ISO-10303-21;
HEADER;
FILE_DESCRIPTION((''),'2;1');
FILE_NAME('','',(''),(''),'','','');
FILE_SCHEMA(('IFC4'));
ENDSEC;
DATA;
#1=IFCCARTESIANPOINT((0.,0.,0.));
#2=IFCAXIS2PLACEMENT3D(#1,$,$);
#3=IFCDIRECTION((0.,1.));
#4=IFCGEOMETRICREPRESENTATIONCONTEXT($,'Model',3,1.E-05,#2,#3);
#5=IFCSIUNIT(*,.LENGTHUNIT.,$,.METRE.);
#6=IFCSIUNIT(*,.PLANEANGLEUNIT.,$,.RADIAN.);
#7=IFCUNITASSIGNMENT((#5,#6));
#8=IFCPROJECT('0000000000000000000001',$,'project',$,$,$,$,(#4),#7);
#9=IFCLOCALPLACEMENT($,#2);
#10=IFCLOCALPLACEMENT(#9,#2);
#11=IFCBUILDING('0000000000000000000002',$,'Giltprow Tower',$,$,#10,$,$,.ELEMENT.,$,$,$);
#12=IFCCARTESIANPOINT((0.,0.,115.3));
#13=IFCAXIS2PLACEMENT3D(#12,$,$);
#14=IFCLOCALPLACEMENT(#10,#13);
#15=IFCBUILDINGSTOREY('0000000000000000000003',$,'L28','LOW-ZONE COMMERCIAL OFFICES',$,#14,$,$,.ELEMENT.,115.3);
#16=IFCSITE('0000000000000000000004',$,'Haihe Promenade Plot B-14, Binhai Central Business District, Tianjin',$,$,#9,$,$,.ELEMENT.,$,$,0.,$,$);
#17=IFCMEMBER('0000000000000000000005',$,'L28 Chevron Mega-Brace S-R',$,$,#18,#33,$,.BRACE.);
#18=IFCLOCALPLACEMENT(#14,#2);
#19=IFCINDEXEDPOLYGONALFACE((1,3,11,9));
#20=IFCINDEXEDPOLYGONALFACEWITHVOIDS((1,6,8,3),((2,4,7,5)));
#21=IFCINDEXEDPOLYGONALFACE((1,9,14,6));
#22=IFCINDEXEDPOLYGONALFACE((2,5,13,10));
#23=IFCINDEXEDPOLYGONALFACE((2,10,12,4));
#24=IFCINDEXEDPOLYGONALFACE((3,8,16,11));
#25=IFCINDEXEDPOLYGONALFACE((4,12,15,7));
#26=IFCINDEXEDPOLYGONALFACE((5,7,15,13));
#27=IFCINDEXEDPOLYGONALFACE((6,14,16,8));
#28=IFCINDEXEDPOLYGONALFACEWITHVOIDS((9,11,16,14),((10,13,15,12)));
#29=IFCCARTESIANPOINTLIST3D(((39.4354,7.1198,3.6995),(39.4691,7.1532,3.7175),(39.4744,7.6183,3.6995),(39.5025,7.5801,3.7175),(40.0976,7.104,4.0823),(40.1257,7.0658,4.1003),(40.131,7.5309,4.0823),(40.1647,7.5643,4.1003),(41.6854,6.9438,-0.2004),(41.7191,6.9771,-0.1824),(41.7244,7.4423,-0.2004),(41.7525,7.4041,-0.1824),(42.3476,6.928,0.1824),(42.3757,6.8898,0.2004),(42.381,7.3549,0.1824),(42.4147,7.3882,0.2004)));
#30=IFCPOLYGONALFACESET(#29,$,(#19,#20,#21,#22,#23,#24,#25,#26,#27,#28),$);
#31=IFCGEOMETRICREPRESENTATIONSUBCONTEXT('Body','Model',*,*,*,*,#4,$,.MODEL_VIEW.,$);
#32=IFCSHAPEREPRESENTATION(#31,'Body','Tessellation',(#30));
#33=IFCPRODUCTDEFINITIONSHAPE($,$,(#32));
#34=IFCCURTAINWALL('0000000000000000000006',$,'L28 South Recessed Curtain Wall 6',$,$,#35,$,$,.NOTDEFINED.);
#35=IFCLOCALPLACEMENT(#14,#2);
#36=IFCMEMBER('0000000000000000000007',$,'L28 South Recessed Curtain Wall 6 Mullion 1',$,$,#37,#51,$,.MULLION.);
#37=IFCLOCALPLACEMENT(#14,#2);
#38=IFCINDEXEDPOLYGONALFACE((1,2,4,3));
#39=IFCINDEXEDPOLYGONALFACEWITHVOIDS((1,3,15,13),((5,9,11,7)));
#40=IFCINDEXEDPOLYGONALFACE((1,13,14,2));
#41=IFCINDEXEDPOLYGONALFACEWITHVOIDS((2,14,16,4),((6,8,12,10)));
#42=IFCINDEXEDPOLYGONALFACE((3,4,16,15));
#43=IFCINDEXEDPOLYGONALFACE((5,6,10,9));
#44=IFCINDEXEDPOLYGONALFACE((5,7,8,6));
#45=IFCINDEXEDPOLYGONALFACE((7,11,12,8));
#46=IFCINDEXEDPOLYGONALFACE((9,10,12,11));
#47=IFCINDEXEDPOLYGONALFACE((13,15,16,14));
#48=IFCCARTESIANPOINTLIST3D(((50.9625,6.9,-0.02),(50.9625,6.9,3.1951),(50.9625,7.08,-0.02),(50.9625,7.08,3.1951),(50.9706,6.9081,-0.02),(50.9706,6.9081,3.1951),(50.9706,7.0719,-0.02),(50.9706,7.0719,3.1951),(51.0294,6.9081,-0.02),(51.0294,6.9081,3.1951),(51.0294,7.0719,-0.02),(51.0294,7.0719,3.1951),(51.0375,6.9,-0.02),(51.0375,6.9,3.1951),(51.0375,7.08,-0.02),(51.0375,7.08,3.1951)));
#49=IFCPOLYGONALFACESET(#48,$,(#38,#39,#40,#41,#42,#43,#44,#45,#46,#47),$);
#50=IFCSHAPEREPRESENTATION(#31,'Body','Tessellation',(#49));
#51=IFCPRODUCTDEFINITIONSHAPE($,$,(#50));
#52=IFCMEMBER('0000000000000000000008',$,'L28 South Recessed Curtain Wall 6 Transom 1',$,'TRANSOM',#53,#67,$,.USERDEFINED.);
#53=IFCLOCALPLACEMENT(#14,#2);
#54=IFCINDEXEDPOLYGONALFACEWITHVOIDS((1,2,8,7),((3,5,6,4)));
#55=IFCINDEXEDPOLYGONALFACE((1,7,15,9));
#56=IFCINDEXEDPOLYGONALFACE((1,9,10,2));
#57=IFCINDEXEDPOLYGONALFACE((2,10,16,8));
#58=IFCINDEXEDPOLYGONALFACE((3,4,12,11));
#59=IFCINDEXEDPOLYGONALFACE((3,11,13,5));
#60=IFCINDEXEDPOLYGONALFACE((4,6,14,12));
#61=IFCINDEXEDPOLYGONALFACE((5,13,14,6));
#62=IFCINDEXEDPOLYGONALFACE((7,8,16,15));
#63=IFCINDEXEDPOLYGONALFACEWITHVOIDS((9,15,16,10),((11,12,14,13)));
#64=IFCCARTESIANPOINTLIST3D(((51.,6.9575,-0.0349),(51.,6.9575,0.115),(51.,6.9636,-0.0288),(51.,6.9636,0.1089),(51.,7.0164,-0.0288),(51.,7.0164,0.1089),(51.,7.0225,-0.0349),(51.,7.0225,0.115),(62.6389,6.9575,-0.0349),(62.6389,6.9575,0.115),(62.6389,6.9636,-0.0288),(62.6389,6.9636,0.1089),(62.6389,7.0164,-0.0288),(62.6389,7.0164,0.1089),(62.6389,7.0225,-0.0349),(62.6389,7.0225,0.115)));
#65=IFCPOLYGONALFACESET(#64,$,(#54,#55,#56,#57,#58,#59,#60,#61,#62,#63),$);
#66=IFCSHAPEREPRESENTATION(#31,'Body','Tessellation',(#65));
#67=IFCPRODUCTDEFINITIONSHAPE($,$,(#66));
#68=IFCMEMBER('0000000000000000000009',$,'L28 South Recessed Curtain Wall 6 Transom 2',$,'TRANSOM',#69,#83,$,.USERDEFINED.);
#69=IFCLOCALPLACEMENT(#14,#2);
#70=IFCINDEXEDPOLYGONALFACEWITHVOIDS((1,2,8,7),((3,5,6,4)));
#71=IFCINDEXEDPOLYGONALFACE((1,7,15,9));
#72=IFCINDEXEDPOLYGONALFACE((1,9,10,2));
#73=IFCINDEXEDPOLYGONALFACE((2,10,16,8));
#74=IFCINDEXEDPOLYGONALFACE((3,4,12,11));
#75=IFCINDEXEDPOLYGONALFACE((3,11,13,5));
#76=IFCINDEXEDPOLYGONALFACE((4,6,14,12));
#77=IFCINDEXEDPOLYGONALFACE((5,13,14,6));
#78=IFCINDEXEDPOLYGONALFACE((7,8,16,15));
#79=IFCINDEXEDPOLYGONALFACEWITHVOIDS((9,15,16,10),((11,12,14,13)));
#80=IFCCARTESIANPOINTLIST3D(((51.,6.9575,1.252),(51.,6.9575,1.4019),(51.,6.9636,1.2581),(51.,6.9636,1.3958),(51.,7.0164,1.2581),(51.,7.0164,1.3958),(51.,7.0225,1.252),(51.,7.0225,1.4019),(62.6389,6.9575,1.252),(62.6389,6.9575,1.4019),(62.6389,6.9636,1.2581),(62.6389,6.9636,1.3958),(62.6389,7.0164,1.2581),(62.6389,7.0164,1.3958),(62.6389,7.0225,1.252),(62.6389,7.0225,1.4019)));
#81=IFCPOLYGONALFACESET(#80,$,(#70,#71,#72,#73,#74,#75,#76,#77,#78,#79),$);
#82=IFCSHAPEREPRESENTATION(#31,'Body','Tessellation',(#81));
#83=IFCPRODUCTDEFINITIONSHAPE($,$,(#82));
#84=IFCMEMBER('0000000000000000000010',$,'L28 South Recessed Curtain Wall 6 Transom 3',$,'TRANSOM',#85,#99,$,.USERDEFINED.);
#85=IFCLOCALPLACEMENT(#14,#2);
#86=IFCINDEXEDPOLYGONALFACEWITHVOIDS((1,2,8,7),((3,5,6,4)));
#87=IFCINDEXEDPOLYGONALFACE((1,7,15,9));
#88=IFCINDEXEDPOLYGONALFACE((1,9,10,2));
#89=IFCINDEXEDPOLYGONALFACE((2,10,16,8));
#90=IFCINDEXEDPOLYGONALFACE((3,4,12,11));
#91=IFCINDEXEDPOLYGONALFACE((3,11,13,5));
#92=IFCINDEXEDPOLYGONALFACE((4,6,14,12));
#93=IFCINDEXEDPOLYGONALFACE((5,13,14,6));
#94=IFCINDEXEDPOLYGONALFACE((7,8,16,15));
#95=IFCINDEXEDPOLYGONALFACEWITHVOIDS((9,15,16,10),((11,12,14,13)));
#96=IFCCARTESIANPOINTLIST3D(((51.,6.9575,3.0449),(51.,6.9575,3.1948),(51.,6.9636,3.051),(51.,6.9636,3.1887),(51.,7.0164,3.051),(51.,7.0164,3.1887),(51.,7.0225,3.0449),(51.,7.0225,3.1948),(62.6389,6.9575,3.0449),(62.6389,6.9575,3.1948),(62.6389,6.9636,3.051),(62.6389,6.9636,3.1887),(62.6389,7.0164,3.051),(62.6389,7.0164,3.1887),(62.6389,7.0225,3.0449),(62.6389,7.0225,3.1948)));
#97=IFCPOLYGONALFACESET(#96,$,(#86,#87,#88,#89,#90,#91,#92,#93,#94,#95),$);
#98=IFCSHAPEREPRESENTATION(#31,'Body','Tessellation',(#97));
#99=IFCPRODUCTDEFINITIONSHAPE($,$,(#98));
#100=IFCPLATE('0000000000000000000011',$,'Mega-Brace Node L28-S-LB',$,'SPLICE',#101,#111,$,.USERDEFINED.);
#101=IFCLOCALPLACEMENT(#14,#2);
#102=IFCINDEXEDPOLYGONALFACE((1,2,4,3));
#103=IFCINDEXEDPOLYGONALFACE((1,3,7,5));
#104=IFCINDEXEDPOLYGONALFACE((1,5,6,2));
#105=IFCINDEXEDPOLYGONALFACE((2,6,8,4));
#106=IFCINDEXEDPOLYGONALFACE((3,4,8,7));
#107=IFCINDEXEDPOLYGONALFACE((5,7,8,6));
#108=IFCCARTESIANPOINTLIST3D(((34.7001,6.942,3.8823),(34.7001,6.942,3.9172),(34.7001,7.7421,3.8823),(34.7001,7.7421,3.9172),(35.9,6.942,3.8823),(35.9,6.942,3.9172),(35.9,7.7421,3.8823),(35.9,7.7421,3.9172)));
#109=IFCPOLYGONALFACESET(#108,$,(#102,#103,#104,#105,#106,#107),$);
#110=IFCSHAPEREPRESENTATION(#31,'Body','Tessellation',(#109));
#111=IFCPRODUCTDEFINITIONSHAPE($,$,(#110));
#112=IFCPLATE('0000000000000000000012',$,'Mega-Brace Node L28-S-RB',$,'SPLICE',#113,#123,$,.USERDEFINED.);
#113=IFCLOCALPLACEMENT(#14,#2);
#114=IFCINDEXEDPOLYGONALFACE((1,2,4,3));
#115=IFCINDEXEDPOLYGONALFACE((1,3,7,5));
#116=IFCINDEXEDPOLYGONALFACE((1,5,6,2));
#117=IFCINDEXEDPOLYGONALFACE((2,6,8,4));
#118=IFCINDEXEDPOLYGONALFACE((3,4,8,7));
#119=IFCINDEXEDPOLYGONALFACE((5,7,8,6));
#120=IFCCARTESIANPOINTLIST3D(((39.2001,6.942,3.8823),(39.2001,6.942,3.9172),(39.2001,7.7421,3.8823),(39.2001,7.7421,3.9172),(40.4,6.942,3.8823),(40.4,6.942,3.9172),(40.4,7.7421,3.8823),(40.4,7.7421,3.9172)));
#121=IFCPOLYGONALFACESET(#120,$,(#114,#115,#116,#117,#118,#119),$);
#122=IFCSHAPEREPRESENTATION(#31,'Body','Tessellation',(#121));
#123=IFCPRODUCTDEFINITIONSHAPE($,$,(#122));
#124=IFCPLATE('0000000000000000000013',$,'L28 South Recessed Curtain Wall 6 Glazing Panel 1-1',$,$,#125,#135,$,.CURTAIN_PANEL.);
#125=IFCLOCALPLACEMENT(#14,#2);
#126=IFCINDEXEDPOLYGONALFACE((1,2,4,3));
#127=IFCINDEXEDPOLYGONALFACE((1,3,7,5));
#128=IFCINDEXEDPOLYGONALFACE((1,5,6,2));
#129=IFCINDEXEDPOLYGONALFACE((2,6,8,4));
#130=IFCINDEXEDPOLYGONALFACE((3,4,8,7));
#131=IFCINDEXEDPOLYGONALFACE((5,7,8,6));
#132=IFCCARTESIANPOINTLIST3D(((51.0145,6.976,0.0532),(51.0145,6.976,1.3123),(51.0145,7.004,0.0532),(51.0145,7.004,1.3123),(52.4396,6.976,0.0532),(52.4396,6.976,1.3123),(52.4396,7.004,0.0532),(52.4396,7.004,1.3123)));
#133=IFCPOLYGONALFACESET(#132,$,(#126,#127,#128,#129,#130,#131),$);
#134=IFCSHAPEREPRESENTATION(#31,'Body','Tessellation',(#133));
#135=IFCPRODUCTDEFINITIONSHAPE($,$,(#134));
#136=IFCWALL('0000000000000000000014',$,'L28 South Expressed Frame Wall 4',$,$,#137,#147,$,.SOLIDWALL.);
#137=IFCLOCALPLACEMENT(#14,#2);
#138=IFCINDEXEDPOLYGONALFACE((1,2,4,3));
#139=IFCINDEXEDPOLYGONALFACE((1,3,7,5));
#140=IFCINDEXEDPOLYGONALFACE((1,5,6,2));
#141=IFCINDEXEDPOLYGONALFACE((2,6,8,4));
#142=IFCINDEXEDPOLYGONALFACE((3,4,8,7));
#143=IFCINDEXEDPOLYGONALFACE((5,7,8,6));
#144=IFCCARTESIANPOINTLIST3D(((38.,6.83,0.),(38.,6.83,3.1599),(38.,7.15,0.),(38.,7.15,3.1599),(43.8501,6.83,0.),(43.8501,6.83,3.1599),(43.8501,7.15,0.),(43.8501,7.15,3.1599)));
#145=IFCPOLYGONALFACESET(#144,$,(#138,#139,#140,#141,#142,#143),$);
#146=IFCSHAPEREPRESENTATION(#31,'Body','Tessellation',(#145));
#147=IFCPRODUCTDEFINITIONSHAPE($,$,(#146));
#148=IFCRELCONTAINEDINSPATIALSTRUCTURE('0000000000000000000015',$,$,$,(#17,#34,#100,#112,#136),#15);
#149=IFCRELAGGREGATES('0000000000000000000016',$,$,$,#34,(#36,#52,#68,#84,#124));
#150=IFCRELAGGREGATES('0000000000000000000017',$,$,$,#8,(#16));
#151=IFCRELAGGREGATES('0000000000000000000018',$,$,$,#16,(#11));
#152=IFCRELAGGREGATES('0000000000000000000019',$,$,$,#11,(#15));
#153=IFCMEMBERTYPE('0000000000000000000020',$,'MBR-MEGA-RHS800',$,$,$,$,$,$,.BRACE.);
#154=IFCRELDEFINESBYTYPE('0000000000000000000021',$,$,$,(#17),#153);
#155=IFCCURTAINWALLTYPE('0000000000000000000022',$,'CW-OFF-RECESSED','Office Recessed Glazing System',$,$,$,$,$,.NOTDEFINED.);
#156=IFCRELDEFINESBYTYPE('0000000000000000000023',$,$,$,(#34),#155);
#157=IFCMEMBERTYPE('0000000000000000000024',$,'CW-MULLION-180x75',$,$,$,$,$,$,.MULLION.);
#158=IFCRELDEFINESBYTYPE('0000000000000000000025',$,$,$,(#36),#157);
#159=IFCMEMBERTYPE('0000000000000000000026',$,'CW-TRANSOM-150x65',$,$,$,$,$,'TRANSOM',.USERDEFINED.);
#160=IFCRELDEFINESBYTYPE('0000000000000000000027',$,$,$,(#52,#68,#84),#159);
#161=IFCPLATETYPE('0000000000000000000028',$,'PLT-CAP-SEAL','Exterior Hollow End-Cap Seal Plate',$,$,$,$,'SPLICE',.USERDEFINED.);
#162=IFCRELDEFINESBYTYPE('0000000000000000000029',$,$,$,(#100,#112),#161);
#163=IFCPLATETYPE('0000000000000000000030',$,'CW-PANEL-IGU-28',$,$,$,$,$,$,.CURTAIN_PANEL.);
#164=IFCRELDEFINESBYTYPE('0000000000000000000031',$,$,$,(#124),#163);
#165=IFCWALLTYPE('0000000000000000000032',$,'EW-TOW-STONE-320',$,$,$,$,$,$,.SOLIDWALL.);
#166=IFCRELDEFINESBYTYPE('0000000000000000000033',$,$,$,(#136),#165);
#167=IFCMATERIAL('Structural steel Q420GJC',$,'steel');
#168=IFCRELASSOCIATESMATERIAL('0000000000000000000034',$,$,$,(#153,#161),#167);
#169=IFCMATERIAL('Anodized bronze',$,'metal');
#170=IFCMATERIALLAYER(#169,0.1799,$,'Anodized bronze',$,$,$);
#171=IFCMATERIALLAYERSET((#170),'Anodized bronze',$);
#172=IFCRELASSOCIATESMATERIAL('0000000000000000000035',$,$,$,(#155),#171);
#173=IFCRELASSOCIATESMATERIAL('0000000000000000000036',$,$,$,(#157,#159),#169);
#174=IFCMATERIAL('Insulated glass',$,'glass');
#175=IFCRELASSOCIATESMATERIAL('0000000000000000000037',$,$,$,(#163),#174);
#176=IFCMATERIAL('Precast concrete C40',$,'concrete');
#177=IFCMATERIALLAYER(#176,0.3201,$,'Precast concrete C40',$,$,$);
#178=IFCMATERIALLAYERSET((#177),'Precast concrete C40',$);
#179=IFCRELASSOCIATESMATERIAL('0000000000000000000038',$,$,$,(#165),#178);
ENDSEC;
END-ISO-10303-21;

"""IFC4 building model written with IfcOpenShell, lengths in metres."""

from ifc_helpers import new_model, si_unit, direction, frame, frame_2d, origin, origin_2d, place, context, subcontext, project, spatial, rectangle, hollow_rectangle, extrude, source, transform, mapped, material, layer, layer_set, material_profile, profile_set, type_object, element, aggregate, save


model = new_model("IFC4")

# Units and contexts
model_context = context("Model", 3, precision=1e-05, world=origin(), true_north=direction((0.0, 1.0)))
body_context = subcontext(model_context, "Body", "Model", "MODEL_VIEW")
ifc_project = project(units=[si_unit("LENGTHUNIT", "METRE"), si_unit("PLANEANGLEUNIT", "RADIAN")], contexts=[model_context])

# Site, building, storey
site_placement = place(None, origin())
site = spatial("IfcSite", under=ifc_project, at=site_placement, Name="Haihe Promenade Plot B-14, Binhai Central Business District, Tianjin", CompositionType="ELEMENT", RefElevation=0.0)
building_placement = place(site_placement, origin())
building = spatial("IfcBuilding", under=site, at=building_placement, Name="Giltprow Tower", CompositionType="ELEMENT")
storey_placement = place(building_placement, frame((0.0, 0.0, 115.3)))
storey = spatial("IfcBuildingStorey", under=building, at=storey_placement, Name="L28", Description="LOW-ZONE COMMERCIAL OFFICES", CompositionType="ELEMENT", Elevation=115.3)

# Shared definitions
ifc_material_1 = material(Name="Structural steel Q420GJC", Category="steel")

# Member
ifc_material_profile_1 = material_profile(ifc_material_1, hollow_rectangle(XDim=0.5, YDim=0.8, WallThickness=0.0359, at=origin_2d()), Name="RHS 800x500x36")
ifc_profile_set_1 = profile_set([ifc_material_profile_1], Name="Structural steel Q420GJC")
member_type_1 = type_object("IfcMemberType", Name="MBR-MEGA-RHS800", PredefinedType="BRACE", material=ifc_profile_set_1)
shared_shape_1 = source(origin(), body_context, "Body", "SweptSolid", [
    extrude(hollow_rectangle(XDim=0.5, YDim=0.8, WallThickness=0.0359, at=origin_2d()), origin(), (0.0, 0.0, 1.0), 4.5059),
])
for number, where, z_axis, x_axis, name in (
    (1, (42.05, 7.166, 0.0), (-0.49935, 0.039066, 0.865519), (-0.077995, -0.996954, 0.0), "L28 Chevron Mega-Brace S-R"),
):
    element("IfcMember", number, at=place(storey_placement, frame(where, z_axis=z_axis, x_axis=x_axis)), inside=storey, type_object=member_type_1, Name=name, PredefinedType="BRACE", context=body_context, shape_type="MappedRepresentation", body=[
        mapped(shared_shape_1, transform((0.0, 0.0, 0.0), x_axis=(1.0, 0.0, 0.0), y_axis=(0.0, 1.0, 0.0), z_axis=(0.0, 0.0, 1.0), scale=1.0)),
    ])

# Curtain wall, members
ifc_material_2 = material(Name="Anodized bronze", Category="metal")
ifc_layer_1 = layer(ifc_material_2, 0.1799, Name="Anodized bronze")
ifc_layer_set_1 = layer_set([ifc_layer_1], Name="Anodized bronze")
curtain_wall_type = type_object("IfcCurtainWallType", Name="CW-OFF-RECESSED", Description="Office Recessed Glazing System", PredefinedType="NOTDEFINED", material=ifc_layer_set_1)
curtain_wall_placement = place(storey_placement, origin())
curtain_wall = element("IfcCurtainWall", 2, at=curtain_wall_placement, inside=storey, type_object=curtain_wall_type, Name="L28 South Recessed Curtain Wall 6", PredefinedType="NOTDEFINED")
ifc_material_profile_2 = material_profile(ifc_material_2, hollow_rectangle(XDim=0.075, YDim=0.1799, WallThickness=0.0081, at=origin_2d()), Name="RHS 180x75x8")
ifc_profile_set_2 = profile_set([ifc_material_profile_2], Name="Anodized bronze")
member_type_2 = type_object("IfcMemberType", Name="CW-MULLION-180x75", PredefinedType="MULLION", material=ifc_profile_set_2)
shared_shape_2 = source(origin(), body_context, "Body", "SweptSolid", [
    extrude(hollow_rectangle(XDim=0.075, YDim=0.1799, WallThickness=0.0081, at=origin_2d()), origin(), (0.0, 0.0, 1.0), 3.2151),
])
member_1_placement = place(storey_placement, frame((51.0, 6.99, -0.02), z_axis=(0.0, 0.0, 1.0), x_axis=(1.0, 0.0, 0.0)))
member_1 = element("IfcMember", 3, at=member_1_placement, type_object=member_type_2, Name="L28 South Recessed Curtain Wall 6 Mullion 1", PredefinedType="MULLION", context=body_context, shape_type="MappedRepresentation", body=[
    mapped(shared_shape_2, transform((0.0, 0.0, 0.0), x_axis=(1.0, 0.0, 0.0), y_axis=(0.0, 1.0, 0.0), z_axis=(0.0, 0.0, 1.0), scale=1.0)),
])
ifc_material_profile_3 = material_profile(ifc_material_2, hollow_rectangle(XDim=0.0649, YDim=0.1499, WallThickness=0.0061, at=origin_2d()), Name="RHS 150x65x6")
ifc_profile_set_3 = profile_set([ifc_material_profile_3], Name="Anodized bronze")
member_type_3 = type_object("IfcMemberType", Name="CW-TRANSOM-150x65", ElementType="TRANSOM", PredefinedType="USERDEFINED", material=ifc_profile_set_3)
shared_shape_3 = source(origin(), body_context, "Body", "SweptSolid", [
    extrude(hollow_rectangle(XDim=0.0649, YDim=0.1499, WallThickness=0.0061, at=origin_2d()), origin(), (0.0, 0.0, 1.0), 11.6389),
])
member_2_placement = place(storey_placement, frame((51.0, 6.99, 0.04), z_axis=(1.0, 0.0, 0.0), x_axis=(0.0, 1.0, 0.0)))
member_2 = element("IfcMember", 4, at=member_2_placement, type_object=member_type_3, Name="L28 South Recessed Curtain Wall 6 Transom 1", ObjectType="TRANSOM", PredefinedType="USERDEFINED", context=body_context, shape_type="MappedRepresentation", body=[
    mapped(shared_shape_3, transform((0.0, 0.0, 0.0), x_axis=(1.0, 0.0, 0.0), y_axis=(0.0, 1.0, 0.0), z_axis=(0.0, 0.0, 1.0), scale=1.0)),
])
member_3_placement = place(storey_placement, frame((51.0, 6.99, 1.3269), z_axis=(1.0, 0.0, 0.0), x_axis=(0.0, 1.0, 0.0)))
member_3 = element("IfcMember", 5, at=member_3_placement, type_object=member_type_3, Name="L28 South Recessed Curtain Wall 6 Transom 2", ObjectType="TRANSOM", PredefinedType="USERDEFINED", context=body_context, shape_type="MappedRepresentation", body=[
    mapped(shared_shape_3, transform((0.0, 0.0, 0.0), x_axis=(1.0, 0.0, 0.0), y_axis=(0.0, 1.0, 0.0), z_axis=(0.0, 0.0, 1.0), scale=1.0)),
])
member_4_placement = place(storey_placement, frame((51.0, 6.99, 3.1199), z_axis=(1.0, 0.0, 0.0), x_axis=(0.0, 1.0, 0.0)))
member_4 = element("IfcMember", 6, at=member_4_placement, type_object=member_type_3, Name="L28 South Recessed Curtain Wall 6 Transom 3", ObjectType="TRANSOM", PredefinedType="USERDEFINED", context=body_context, shape_type="MappedRepresentation", body=[
    mapped(shared_shape_3, transform((0.0, 0.0, 0.0), x_axis=(1.0, 0.0, 0.0), y_axis=(0.0, 1.0, 0.0), z_axis=(0.0, 0.0, 1.0), scale=1.0)),
])

# Plates
plate_type_1 = type_object("IfcPlateType", Name="PLT-CAP-SEAL", Description="Exterior Hollow End-Cap Seal Plate", ElementType="SPLICE", PredefinedType="USERDEFINED", material=ifc_material_1)
shared_shape_4 = source(origin(), body_context, "Body", "SweptSolid", [
    extrude(rectangle(XDim=1.2, YDim=0.8, at=origin_2d()), origin(), (0.0, 0.0, 1.0), 0.0349),
])
for number, where, z_axis, x_axis, name in (
    (7, (35.3, 7.342, 3.8823), (0.0, 0.0, 1.0), (1.0, 0.0, 0.0), "Mega-Brace Node L28-S-LB"),
    (8, (39.8, 7.342, 3.8823), (0.0, 0.0, 1.0), (1.0, 0.0, 0.0), "Mega-Brace Node L28-S-RB"),
):
    element("IfcPlate", number, at=place(storey_placement, frame(where, z_axis=z_axis, x_axis=x_axis)), inside=storey, type_object=plate_type_1, Name=name, ObjectType="SPLICE", PredefinedType="USERDEFINED", context=body_context, shape_type="MappedRepresentation", body=[
        mapped(shared_shape_4, transform((0.0, 0.0, 0.0), x_axis=(1.0, 0.0, 0.0), y_axis=(0.0, 1.0, 0.0), z_axis=(0.0, 0.0, 1.0), scale=1.0)),
    ])

# Plate
ifc_material_3 = material(Name="Insulated glass", Category="glass")
plate_type_2 = type_object("IfcPlateType", Name="CW-PANEL-IGU-28", PredefinedType="CURTAIN_PANEL", material=ifc_material_3)
shared_shape_5 = source(origin(), body_context, "Body", "SweptSolid", [
    extrude(rectangle(XDim=1.425, YDim=0.0281, at=origin_2d()), origin(), (0.0, 0.0, 1.0), 1.259),
])
plate_placement = place(storey_placement, frame((51.7271, 6.99, 0.0532), z_axis=(0.0, 0.0, 1.0), x_axis=(1.0, 0.0, 0.0)))
plate = element("IfcPlate", 9, at=plate_placement, type_object=plate_type_2, Name="L28 South Recessed Curtain Wall 6 Glazing Panel 1-1", PredefinedType="CURTAIN_PANEL", context=body_context, shape_type="MappedRepresentation", body=[
    mapped(shared_shape_5, transform((0.0, 0.0, 0.0), x_axis=(1.0, 0.0, 0.0), y_axis=(0.0, 1.0, 0.0), z_axis=(0.0, 0.0, 1.0), scale=1.0)),
])
aggregate(curtain_wall, [member_1, member_2, member_3, member_4, plate])

# Wall
ifc_material_4 = material(Name="Precast concrete C40", Category="concrete")
ifc_layer_2 = layer(ifc_material_4, 0.3201, Name="Precast concrete C40")
ifc_layer_set_2 = layer_set([ifc_layer_2], Name="Precast concrete C40")
wall_type_1 = type_object("IfcWallType", Name="EW-TOW-STONE-320", PredefinedType="SOLIDWALL", material=ifc_layer_set_2)
wall_1_placement = place(storey_placement, frame((38.0, 6.99, 0.0), z_axis=(0.0, 0.0, 1.0), x_axis=(1.0, 0.0, 0.0)))
element("IfcWall", 10, at=wall_1_placement, inside=storey, type_object=wall_type_1, Name="L28 South Expressed Frame Wall 4", PredefinedType="SOLIDWALL", context=body_context, shape_type="SweptSolid", body=[
    extrude(rectangle(XDim=5.8501, YDim=0.3201, at=frame_2d((2.925, 0.0))), origin(), (0.0, 0.0, 1.0), 3.1599),
])

save(model, "model.ifc")
